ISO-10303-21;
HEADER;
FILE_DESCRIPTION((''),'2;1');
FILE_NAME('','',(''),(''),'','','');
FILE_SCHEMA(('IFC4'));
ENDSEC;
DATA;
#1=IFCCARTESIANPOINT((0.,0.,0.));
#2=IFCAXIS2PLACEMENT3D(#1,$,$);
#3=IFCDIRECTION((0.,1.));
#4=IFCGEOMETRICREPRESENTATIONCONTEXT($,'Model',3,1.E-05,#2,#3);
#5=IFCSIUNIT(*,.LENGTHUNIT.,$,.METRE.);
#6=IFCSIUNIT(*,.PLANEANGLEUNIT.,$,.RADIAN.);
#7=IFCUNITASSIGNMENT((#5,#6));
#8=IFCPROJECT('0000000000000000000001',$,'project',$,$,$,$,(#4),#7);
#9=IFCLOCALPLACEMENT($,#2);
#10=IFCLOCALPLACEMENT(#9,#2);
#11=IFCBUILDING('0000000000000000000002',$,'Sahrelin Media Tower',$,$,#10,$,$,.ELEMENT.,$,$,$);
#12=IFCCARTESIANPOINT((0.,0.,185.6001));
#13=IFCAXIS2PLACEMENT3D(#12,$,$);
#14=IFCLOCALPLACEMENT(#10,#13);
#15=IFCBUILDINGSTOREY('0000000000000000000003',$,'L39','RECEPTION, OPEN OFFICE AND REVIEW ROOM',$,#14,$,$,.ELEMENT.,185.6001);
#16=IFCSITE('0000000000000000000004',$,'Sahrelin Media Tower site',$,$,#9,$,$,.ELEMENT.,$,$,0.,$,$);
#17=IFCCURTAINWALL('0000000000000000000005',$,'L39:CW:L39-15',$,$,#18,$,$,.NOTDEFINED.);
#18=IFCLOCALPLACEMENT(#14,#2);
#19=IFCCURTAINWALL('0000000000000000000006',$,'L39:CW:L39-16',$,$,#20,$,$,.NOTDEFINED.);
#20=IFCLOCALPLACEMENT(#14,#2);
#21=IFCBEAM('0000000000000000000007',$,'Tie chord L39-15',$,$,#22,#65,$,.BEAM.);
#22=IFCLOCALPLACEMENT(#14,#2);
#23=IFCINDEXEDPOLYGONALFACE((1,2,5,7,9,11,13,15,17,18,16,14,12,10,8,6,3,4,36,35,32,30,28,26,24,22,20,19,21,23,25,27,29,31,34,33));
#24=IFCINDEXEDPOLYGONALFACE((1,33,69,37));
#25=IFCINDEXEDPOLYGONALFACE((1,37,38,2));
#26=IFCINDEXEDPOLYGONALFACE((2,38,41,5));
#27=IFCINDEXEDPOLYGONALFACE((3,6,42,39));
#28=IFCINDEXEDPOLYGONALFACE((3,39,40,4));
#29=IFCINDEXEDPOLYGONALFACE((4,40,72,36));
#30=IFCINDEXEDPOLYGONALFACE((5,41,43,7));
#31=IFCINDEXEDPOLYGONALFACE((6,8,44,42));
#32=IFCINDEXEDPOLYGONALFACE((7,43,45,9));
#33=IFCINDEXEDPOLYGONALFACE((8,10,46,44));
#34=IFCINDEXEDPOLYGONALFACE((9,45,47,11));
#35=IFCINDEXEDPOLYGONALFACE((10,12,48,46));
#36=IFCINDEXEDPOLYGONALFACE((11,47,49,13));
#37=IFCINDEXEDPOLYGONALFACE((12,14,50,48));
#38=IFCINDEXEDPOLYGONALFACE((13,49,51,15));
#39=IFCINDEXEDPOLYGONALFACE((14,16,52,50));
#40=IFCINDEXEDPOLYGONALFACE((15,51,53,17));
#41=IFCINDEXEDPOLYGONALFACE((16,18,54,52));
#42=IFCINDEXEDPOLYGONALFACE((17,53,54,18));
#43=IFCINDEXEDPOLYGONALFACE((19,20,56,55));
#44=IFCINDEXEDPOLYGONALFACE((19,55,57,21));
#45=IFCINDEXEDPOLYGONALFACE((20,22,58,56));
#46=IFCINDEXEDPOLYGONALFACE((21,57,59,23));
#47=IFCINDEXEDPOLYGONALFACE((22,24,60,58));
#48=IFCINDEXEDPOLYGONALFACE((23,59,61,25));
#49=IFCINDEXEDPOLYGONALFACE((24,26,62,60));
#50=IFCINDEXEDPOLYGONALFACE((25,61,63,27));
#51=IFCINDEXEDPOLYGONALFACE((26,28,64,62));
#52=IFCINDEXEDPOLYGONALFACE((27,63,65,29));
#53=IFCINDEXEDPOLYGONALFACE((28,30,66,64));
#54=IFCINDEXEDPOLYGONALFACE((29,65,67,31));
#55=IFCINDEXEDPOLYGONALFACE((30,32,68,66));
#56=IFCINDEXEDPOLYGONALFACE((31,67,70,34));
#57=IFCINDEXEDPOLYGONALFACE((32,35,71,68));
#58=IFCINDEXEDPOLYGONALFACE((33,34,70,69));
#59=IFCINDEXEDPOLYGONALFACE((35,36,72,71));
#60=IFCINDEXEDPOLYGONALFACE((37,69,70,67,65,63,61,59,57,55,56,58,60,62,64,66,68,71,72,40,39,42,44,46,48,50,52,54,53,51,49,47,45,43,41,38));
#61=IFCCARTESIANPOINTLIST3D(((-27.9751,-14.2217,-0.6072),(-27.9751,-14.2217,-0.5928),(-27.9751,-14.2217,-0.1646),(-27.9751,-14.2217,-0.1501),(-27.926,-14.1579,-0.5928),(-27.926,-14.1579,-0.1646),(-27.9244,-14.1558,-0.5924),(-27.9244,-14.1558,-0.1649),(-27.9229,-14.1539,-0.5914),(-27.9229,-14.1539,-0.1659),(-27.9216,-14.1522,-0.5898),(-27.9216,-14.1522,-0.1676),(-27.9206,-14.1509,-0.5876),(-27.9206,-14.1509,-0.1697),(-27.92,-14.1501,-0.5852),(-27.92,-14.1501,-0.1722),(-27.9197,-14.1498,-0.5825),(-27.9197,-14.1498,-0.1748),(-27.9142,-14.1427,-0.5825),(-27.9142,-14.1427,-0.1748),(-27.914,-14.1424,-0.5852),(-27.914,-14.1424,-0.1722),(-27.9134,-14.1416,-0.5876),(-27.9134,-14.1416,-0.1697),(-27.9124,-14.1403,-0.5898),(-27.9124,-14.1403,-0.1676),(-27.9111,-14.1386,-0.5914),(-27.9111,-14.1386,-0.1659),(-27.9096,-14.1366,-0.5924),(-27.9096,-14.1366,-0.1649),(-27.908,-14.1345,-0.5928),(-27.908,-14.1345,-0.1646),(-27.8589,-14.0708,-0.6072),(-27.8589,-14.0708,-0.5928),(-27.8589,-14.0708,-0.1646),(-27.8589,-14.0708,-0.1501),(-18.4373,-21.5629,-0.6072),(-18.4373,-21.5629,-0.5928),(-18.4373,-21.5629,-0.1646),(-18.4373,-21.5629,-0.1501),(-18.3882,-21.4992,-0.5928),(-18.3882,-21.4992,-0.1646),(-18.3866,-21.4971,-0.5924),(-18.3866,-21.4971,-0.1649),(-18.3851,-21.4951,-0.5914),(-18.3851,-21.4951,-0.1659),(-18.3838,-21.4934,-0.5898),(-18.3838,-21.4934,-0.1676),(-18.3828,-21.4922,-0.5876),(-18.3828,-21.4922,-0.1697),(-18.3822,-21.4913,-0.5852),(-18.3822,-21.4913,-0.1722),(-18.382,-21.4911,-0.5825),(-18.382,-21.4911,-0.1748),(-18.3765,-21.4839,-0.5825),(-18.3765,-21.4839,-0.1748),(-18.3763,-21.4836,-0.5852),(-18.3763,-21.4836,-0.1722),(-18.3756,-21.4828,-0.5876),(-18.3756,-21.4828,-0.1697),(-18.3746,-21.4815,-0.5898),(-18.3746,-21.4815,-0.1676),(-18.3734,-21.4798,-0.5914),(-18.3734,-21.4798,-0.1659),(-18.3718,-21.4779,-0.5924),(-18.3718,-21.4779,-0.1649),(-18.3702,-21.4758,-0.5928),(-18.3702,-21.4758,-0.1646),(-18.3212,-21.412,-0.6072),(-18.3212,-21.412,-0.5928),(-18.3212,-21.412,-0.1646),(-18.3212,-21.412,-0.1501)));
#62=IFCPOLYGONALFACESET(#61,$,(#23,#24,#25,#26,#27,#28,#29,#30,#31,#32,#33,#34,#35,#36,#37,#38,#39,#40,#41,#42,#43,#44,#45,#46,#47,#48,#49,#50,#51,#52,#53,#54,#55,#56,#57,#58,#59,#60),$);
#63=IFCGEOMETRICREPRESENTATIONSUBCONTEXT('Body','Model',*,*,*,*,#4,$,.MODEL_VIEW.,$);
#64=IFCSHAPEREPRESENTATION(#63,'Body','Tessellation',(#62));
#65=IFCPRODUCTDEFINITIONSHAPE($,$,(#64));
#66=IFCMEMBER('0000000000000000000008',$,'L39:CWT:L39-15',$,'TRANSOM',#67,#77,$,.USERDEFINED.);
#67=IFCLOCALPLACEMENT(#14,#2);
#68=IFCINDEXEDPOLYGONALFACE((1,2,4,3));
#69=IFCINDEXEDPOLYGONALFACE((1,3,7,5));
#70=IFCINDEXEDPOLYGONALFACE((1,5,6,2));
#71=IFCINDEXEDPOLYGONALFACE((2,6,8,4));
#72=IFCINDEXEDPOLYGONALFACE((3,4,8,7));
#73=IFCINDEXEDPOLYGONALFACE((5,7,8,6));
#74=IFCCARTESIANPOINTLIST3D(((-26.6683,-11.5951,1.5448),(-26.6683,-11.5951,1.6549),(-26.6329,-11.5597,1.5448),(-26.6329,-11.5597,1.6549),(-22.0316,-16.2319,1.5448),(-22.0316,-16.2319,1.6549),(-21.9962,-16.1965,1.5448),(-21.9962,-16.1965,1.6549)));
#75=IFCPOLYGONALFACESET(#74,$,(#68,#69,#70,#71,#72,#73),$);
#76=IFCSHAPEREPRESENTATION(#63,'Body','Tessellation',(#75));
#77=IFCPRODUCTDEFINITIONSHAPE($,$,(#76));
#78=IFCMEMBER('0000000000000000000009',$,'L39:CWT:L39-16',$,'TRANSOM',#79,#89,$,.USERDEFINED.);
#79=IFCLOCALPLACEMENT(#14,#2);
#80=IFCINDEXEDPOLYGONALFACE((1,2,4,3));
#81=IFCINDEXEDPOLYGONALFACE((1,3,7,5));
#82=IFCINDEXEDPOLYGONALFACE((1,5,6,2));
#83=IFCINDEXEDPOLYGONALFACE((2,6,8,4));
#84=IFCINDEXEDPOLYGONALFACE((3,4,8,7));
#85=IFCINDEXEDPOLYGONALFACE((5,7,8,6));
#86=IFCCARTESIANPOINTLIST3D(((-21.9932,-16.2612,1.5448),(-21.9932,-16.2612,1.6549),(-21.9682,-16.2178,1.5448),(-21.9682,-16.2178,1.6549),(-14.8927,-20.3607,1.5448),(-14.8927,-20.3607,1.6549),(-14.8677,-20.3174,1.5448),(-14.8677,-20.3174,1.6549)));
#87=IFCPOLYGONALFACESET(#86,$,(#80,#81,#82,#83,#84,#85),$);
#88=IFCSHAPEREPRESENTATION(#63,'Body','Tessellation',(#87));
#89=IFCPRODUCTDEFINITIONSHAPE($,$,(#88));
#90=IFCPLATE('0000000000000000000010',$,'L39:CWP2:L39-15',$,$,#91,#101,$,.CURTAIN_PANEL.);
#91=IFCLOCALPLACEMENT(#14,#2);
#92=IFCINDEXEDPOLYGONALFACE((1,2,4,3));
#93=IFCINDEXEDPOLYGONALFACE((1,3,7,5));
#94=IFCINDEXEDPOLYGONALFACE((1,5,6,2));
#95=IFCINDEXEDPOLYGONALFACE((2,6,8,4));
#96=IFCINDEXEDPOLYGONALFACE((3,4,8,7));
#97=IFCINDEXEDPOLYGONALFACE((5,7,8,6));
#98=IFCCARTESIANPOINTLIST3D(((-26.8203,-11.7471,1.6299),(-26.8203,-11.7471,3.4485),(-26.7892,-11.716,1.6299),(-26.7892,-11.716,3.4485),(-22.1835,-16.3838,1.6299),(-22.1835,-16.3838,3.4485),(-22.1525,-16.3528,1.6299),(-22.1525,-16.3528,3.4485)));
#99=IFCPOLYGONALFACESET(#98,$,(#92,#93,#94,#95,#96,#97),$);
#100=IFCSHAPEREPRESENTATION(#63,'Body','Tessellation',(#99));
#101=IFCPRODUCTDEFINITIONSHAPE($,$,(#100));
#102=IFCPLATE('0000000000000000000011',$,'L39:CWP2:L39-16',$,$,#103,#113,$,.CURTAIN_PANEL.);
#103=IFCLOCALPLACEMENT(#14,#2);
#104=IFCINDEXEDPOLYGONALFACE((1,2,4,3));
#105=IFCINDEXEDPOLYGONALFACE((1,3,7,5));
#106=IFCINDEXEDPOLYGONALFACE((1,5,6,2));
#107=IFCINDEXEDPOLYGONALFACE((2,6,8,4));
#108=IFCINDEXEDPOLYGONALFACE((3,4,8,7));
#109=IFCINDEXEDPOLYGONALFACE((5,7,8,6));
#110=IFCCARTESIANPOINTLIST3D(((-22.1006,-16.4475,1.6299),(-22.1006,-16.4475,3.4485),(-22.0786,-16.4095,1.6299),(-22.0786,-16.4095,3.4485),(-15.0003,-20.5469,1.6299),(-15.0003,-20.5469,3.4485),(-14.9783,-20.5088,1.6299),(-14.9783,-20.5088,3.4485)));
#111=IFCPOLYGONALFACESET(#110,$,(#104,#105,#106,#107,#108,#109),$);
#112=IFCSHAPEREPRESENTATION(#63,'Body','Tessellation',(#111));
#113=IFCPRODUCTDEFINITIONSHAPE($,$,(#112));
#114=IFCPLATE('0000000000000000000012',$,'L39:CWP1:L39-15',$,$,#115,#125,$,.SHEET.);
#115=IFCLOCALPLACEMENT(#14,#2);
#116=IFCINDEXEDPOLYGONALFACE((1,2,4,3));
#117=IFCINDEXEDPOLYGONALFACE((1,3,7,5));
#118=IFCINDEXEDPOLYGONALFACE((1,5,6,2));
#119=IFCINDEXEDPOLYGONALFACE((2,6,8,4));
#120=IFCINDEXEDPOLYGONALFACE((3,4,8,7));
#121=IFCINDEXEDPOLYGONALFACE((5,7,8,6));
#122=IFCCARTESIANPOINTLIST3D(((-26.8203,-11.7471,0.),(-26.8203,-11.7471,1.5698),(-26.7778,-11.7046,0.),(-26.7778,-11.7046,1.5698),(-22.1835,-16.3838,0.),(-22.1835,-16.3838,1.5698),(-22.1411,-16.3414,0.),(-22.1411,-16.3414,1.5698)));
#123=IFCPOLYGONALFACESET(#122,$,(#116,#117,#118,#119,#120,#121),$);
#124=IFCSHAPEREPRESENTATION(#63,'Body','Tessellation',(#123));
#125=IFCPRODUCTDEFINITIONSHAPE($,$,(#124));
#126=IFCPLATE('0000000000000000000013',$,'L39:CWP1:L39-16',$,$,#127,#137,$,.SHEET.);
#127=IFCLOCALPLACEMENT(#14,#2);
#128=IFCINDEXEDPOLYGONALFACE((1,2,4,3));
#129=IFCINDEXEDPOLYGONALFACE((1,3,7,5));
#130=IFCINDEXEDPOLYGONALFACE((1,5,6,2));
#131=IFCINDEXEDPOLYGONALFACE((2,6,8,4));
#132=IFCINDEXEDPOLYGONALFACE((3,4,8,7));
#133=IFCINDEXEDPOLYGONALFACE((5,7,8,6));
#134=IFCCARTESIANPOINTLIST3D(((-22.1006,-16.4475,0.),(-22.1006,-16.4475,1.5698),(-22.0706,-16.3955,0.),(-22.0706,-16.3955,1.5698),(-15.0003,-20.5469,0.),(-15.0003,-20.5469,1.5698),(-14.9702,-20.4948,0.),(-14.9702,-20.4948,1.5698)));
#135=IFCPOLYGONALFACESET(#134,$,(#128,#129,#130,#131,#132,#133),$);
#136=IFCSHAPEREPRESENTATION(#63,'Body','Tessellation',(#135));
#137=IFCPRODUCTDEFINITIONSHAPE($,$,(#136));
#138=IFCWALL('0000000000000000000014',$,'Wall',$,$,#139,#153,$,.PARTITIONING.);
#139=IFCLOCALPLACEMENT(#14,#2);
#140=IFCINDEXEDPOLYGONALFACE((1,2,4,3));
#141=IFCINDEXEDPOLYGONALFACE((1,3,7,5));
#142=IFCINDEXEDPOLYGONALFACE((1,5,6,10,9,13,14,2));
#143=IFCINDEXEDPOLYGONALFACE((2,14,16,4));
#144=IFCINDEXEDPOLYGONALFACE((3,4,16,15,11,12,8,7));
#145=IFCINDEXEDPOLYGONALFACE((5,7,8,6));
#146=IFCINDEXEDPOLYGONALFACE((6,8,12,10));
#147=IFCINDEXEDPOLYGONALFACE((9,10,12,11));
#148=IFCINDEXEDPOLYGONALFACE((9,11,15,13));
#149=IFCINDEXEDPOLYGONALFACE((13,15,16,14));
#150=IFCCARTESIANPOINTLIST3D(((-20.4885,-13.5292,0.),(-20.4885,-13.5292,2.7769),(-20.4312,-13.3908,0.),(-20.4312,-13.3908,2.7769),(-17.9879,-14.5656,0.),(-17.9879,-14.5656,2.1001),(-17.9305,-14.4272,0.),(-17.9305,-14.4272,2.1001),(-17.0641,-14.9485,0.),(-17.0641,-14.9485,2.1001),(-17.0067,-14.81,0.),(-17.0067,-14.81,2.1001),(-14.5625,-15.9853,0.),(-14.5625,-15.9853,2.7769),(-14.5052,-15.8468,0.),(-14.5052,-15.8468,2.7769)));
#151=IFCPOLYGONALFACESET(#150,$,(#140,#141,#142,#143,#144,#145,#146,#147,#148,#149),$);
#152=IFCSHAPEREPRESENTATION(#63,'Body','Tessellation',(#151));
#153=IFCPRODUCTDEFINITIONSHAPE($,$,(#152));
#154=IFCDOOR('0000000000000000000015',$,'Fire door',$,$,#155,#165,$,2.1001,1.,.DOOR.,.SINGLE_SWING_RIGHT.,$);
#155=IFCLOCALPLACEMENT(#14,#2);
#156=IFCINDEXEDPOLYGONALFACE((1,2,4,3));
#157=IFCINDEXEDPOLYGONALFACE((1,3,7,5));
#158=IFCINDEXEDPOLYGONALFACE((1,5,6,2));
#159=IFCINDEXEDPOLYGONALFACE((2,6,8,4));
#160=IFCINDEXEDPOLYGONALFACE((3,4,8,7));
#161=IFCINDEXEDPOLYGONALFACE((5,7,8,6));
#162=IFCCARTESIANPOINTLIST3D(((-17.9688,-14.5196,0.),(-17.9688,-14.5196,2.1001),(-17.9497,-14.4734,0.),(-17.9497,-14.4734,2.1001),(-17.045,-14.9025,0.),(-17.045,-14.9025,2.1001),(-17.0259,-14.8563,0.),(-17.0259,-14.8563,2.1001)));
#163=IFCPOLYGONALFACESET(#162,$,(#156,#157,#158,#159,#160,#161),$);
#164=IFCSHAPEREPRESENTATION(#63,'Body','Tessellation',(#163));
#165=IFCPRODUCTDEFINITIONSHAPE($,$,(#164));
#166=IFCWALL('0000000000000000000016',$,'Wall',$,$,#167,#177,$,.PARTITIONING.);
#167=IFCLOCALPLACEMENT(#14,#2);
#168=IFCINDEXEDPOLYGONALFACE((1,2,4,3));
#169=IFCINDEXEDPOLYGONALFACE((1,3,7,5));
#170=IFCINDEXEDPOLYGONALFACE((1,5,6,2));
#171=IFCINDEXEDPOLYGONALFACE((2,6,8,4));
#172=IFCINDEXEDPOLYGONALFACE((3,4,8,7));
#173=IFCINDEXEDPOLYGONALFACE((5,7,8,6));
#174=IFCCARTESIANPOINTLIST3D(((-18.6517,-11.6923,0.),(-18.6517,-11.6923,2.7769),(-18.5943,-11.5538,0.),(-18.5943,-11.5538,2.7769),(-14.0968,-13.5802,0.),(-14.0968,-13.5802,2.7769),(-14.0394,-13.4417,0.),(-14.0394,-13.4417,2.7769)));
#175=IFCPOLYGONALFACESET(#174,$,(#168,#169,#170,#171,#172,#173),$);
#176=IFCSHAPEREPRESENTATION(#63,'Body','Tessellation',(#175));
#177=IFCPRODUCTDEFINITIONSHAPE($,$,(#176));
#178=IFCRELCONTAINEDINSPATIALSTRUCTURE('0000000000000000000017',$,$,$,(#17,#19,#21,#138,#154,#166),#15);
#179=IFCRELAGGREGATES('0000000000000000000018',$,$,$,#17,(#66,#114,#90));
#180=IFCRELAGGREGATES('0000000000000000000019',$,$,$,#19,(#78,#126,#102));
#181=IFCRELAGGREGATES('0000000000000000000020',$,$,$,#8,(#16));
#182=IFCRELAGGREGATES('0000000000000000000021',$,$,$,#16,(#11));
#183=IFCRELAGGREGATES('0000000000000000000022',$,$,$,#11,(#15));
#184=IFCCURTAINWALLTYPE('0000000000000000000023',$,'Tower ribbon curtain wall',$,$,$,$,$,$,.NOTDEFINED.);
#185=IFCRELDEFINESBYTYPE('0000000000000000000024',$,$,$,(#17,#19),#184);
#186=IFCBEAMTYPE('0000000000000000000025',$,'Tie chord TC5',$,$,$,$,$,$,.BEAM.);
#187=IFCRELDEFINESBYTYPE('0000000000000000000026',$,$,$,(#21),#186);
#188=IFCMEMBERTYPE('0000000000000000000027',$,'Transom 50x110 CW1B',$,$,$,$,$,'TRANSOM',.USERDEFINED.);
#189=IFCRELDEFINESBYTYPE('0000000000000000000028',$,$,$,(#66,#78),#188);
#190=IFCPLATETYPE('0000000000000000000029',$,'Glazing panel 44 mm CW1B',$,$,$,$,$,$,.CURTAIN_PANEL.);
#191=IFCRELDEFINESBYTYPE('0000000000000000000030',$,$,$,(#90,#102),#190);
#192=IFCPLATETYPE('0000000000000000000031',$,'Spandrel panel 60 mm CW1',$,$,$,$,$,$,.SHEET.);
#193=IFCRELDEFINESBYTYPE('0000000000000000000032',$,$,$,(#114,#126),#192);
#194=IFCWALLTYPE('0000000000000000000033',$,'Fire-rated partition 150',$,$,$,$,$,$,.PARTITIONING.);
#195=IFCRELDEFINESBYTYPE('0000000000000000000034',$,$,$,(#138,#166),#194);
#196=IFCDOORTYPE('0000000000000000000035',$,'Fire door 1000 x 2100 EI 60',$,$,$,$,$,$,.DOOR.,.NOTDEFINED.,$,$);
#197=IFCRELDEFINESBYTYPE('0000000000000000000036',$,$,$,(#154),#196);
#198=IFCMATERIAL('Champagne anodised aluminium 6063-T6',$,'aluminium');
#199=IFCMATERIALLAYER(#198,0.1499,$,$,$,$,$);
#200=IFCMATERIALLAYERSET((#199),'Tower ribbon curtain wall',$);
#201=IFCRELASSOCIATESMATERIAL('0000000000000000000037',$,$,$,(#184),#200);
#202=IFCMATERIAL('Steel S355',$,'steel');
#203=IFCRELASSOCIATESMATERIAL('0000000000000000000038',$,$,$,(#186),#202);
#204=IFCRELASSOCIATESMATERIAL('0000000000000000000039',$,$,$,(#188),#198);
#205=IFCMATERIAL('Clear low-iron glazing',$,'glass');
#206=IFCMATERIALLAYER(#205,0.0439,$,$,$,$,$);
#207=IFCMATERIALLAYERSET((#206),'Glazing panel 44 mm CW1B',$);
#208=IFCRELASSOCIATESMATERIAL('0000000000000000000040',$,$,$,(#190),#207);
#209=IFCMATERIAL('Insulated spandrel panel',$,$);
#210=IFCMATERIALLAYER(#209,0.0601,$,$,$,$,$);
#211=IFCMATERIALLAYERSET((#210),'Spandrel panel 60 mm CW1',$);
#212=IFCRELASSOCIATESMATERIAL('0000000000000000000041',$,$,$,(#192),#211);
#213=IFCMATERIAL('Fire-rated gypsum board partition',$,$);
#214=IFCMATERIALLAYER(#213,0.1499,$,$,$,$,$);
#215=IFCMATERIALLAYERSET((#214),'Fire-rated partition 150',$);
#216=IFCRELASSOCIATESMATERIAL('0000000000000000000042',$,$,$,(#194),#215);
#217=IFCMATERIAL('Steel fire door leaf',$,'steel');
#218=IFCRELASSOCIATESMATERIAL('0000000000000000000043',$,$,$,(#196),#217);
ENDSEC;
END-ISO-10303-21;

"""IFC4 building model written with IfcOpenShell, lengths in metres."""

from ifc_helpers import new_model, si_unit, direction, frame, frame_2d, origin, origin_2d, place, context, subcontext, project, spatial, polyline, rectangle, i_section, outline, extrude, material, layer, layer_set, material_profile, profile_set, type_object, element, fill, aggregate, save


model = new_model("IFC4")

# Units and contexts
model_context = context("Model", 3, precision=1e-05, world=origin(), true_north=direction((0.0, 1.0)))
body_context = subcontext(model_context, "Body", "Model", "MODEL_VIEW")
ifc_project = project(units=[si_unit("LENGTHUNIT", "METRE"), si_unit("PLANEANGLEUNIT", "RADIAN")], contexts=[model_context])

# Site, building, storey
site_placement = place(None, origin())
site = spatial("IfcSite", under=ifc_project, at=site_placement, Name="Sahrelin Media Tower site", CompositionType="ELEMENT", RefElevation=0.0)
building_placement = place(site_placement, origin())
building = spatial("IfcBuilding", under=site, at=building_placement, Name="Sahrelin Media Tower", CompositionType="ELEMENT")
storey_placement = place(building_placement, frame((0.0, 0.0, 185.6001)))
storey = spatial("IfcBuildingStorey", under=building, at=storey_placement, Name="L39", Description="RECEPTION, OPEN OFFICE AND REVIEW ROOM", CompositionType="ELEMENT", Elevation=185.6001)

# Shared definitions
ifc_material_1 = material(Name="Steel S355", Category="steel")

# Curtain walls
ifc_material_2 = material(Name="Champagne anodised aluminium 6063-T6", Category="aluminium")
ifc_layer_1 = layer(ifc_material_2, 0.1499)
ifc_layer_set_1 = layer_set([ifc_layer_1], Name="Tower ribbon curtain wall")
curtain_wall_type = type_object("IfcCurtainWallType", Name="Tower ribbon curtain wall", PredefinedType="NOTDEFINED", material=ifc_layer_set_1)
curtain_wall_1_placement = place(storey_placement, frame((-24.4878, -14.0513, 0.0), z_axis=(0.0, 0.0, 1.0), x_axis=(1.0, 0.0, 0.0)))
curtain_wall_1 = element("IfcCurtainWall", 1, at=curtain_wall_1_placement, inside=storey, type_object=curtain_wall_type, Name="L39:CW:L39-15", PredefinedType="NOTDEFINED")
curtain_wall_2_placement = place(storey_placement, frame((-18.5405, -18.48, 0.0), z_axis=(0.0, 0.0, 1.0), x_axis=(1.0, 0.0, 0.0)))
curtain_wall_2 = element("IfcCurtainWall", 2, at=curtain_wall_2_placement, inside=storey, type_object=curtain_wall_type, Name="L39:CW:L39-16", PredefinedType="NOTDEFINED")

# Beam
ifc_material_profile_1 = material_profile(ifc_material_1, i_section(OverallWidth=0.1904, OverallDepth=0.457, WebThickness=0.009, FlangeThickness=0.0144, FilletRadius=0.0103, at=origin_2d()), Name="UB 457x191x74")
ifc_profile_set_1 = profile_set([ifc_material_profile_1], Name="Steel S355")
beam_type_1 = type_object("IfcBeamType", Name="Tie chord TC5", PredefinedType="BEAM", material=ifc_profile_set_1)
beam_1_placement = place(storey_placement, frame((-27.917, -14.1462, -0.3787), z_axis=(0.792443, -0.609946, 0.0), x_axis=(0.609946, 0.792443, 0.0)))
element("IfcBeam", 3, at=beam_1_placement, inside=storey, type_object=beam_type_1, Name="Tie chord L39-15", PredefinedType="BEAM", context=body_context, shape_type="SweptSolid", body=[
    extrude(i_section(OverallWidth=0.1904, OverallDepth=0.457, WebThickness=0.009, FlangeThickness=0.0144, FilletRadius=0.0103, at=origin_2d()), origin(), (0.0, 0.0, 1.0), 12.0359),
])

# Members
ifc_material_profile_2 = material_profile(ifc_material_2, rectangle(XDim=0.05, YDim=0.1101, at=origin_2d()), Name="Transom 50x110")
ifc_profile_set_2 = profile_set([ifc_material_profile_2], Name="Champagne anodised aluminium 6063-T6")
member_type_1 = type_object("IfcMemberType", Name="Transom 50x110 CW1B", ElementType="TRANSOM", PredefinedType="USERDEFINED", material=ifc_profile_set_2)
member_1_placement = place(storey_placement, frame((-26.6506, -11.5774, 1.5999), z_axis=(0.707107, -0.707107, 0.0), x_axis=(0.707107, 0.707107, 0.0)))
member_1 = element("IfcMember", 4, at=member_1_placement, type_object=member_type_1, Name="L39:CWT:L39-15", ObjectType="TRANSOM", PredefinedType="USERDEFINED", context=body_context, shape_type="SweptSolid", body=[
    extrude(rectangle(XDim=0.05, YDim=0.1101, at=origin_2d()), origin(), (0.0, 0.0, 1.0), 6.5574),
])
member_2_placement = place(storey_placement, frame((-21.9807, -16.2395, 1.5999), z_axis=(0.866021, -0.500008, 0.0), x_axis=(0.500008, 0.866021, 0.0)))
member_2 = element("IfcMember", 5, at=member_2_placement, type_object=member_type_1, Name="L39:CWT:L39-16", ObjectType="TRANSOM", PredefinedType="USERDEFINED", context=body_context, shape_type="SweptSolid", body=[
    extrude(rectangle(XDim=0.05, YDim=0.1101, at=origin_2d()), origin(), (0.0, 0.0, 1.0), 8.199),
])

# Plates
ifc_material_3 = material(Name="Clear low-iron glazing", Category="glass")
ifc_layer_2 = layer(ifc_material_3, 0.0439)
ifc_layer_set_2 = layer_set([ifc_layer_2], Name="Glazing panel 44 mm CW1B")
plate_type_1 = type_object("IfcPlateType", Name="Glazing panel 44 mm CW1B", PredefinedType="CURTAIN_PANEL", material=ifc_layer_set_2)
plate_1_placement = place(storey_placement, frame((-26.8203, -11.7471, 1.6299), z_axis=(-0.707107, -0.707107, 0.0), x_axis=(0.707107, -0.707107, 0.0)))
plate_1 = element("IfcPlate", 6, at=plate_1_placement, type_object=plate_type_1, Name="L39:CWP2:L39-15", PredefinedType="CURTAIN_PANEL", context=body_context, shape_type="SweptSolid", body=[
    extrude(outline(polyline([(0.0, 0.0), (6.5574, 0.0), (6.5574, 1.8186), (0.0, 1.8186), (0.0, 0.0)])), origin(), (0.0, 0.0, -1.0), 0.0439),
])
plate_2_placement = place(storey_placement, frame((-22.1006, -16.4475, 1.6299), z_axis=(-0.499998, -0.866026, 0.0), x_axis=(0.866026, -0.499998, 0.0)))
plate_2 = element("IfcPlate", 7, at=plate_2_placement, type_object=plate_type_1, Name="L39:CWP2:L39-16", PredefinedType="CURTAIN_PANEL", context=body_context, shape_type="SweptSolid", body=[
    extrude(outline(polyline([(0.0, 0.0), (8.1987, 0.0), (8.1987, 1.8186), (0.0, 1.8186), (0.0, 0.0)])), origin(), (0.0, 0.0, -1.0), 0.0439),
])
ifc_material_4 = material(Name="Insulated spandrel panel")
ifc_layer_3 = layer(ifc_material_4, 0.0601)
ifc_layer_set_3 = layer_set([ifc_layer_3], Name="Spandrel panel 60 mm CW1")
plate_type_2 = type_object("IfcPlateType", Name="Spandrel panel 60 mm CW1", PredefinedType="SHEET", material=ifc_layer_set_3)
plate_3_placement = place(storey_placement, frame((-26.8203, -11.7471, 0.0), z_axis=(-0.707107, -0.707107, 0.0), x_axis=(0.707107, -0.707107, 0.0)))
plate_3 = element("IfcPlate", 8, at=plate_3_placement, type_object=plate_type_2, Name="L39:CWP1:L39-15", PredefinedType="SHEET", context=body_context, shape_type="SweptSolid", body=[
    extrude(outline(polyline([(0.0, 0.0), (6.5574, 0.0), (6.5574, 1.5698), (0.0, 1.5698), (0.0, 0.0)])), origin(), (0.0, 0.0, -1.0), 0.0601),
])
aggregate(curtain_wall_1, [member_1, plate_3, plate_1])
plate_4_placement = place(storey_placement, frame((-22.1006, -16.4475, 0.0), z_axis=(-0.499998, -0.866026, 0.0), x_axis=(0.866026, -0.499998, 0.0)))
plate_4 = element("IfcPlate", 9, at=plate_4_placement, type_object=plate_type_2, Name="L39:CWP1:L39-16", PredefinedType="SHEET", context=body_context, shape_type="SweptSolid", body=[
    extrude(outline(polyline([(0.0, 0.0), (8.1987, 0.0), (8.1987, 1.5698), (0.0, 1.5698), (0.0, 0.0)])), origin(), (0.0, 0.0, -1.0), 0.0601),
])
aggregate(curtain_wall_2, [member_2, plate_4, plate_2])

# Wall, opening, door
ifc_material_5 = material(Name="Fire-rated gypsum board partition")
ifc_layer_4 = layer(ifc_material_5, 0.1499)
ifc_layer_set_4 = layer_set([ifc_layer_4], Name="Fire-rated partition 150")
wall_type_1 = type_object("IfcWallType", Name="Fire-rated partition 150", PredefinedType="PARTITIONING", material=ifc_layer_set_4)
wall_1_placement = place(storey_placement, frame((-20.46, -13.46, 0.0), z_axis=(0.0, 0.0, 1.0), x_axis=(0.923802, -0.382872, 0.0)))
wall_1 = element("IfcWall", 10, at=wall_1_placement, inside=storey, type_object=wall_type_1, Name="Wall", PredefinedType="PARTITIONING", context=body_context, shape_type="SweptSolid", body=[
    extrude(rectangle(XDim=6.4148, YDim=0.1499, at=frame_2d((3.2075, 0.0))), origin(), (0.0, 0.0, 1.0), 2.7769),
])
opening_placement = place(wall_1_placement, frame((2.707, 0.0, 0.0)))
opening = element("IfcOpeningElement", 11, at=opening_placement, cuts=wall_1, PredefinedType="OPENING", context=body_context, shape_type="SweptSolid", body=[
    extrude(rectangle(XDim=1.0, YDim=2.1001, at=frame_2d((0.5, 1.05))), frame((0.0, 0.075, 0.0), z_axis=(0.0, -1.0, 0.0), x_axis=(1.0, 0.0, 0.0)), (0.0, 0.0, 1.0), 0.1499),
])
ifc_material_6 = material(Name="Steel fire door leaf", Category="steel")
door_type = type_object("IfcDoorType", Name="Fire door 1000 x 2100 EI 60", OperationType="NOTDEFINED", PredefinedType="DOOR", material=ifc_material_6)
door_placement = place(opening_placement, origin())
door = element("IfcDoor", 12, at=door_placement, inside=storey, type_object=door_type, Name="Fire door", OperationType="SINGLE_SWING_RIGHT", OverallHeight=2.1001, OverallWidth=1.0, PredefinedType="DOOR", context=body_context, shape_type="SweptSolid", body=[
    extrude(rectangle(XDim=1.0, YDim=2.1001, at=frame_2d((0.5, 1.05))), frame((0.0, 0.0249, 0.0), z_axis=(0.0, -1.0, 0.0), x_axis=(1.0, 0.0, 0.0)), (0.0, 0.0, 1.0), 0.05),
])
fill(opening, door)

# Wall
wall_2_placement = place(storey_placement, frame((-18.623, -11.623, 0.0), z_axis=(0.0, 0.0, 1.0), x_axis=(0.923792, -0.382895, 0.0)))
element("IfcWall", 13, at=wall_2_placement, inside=storey, type_object=wall_type_1, Name="Wall", PredefinedType="PARTITIONING", context=body_context, shape_type="SweptSolid", body=[
    extrude(rectangle(XDim=4.9307, YDim=0.1499, at=frame_2d((2.4653, 0.0))), origin(), (0.0, 0.0, 1.0), 2.7769),
])

save(model, "model.ifc")
